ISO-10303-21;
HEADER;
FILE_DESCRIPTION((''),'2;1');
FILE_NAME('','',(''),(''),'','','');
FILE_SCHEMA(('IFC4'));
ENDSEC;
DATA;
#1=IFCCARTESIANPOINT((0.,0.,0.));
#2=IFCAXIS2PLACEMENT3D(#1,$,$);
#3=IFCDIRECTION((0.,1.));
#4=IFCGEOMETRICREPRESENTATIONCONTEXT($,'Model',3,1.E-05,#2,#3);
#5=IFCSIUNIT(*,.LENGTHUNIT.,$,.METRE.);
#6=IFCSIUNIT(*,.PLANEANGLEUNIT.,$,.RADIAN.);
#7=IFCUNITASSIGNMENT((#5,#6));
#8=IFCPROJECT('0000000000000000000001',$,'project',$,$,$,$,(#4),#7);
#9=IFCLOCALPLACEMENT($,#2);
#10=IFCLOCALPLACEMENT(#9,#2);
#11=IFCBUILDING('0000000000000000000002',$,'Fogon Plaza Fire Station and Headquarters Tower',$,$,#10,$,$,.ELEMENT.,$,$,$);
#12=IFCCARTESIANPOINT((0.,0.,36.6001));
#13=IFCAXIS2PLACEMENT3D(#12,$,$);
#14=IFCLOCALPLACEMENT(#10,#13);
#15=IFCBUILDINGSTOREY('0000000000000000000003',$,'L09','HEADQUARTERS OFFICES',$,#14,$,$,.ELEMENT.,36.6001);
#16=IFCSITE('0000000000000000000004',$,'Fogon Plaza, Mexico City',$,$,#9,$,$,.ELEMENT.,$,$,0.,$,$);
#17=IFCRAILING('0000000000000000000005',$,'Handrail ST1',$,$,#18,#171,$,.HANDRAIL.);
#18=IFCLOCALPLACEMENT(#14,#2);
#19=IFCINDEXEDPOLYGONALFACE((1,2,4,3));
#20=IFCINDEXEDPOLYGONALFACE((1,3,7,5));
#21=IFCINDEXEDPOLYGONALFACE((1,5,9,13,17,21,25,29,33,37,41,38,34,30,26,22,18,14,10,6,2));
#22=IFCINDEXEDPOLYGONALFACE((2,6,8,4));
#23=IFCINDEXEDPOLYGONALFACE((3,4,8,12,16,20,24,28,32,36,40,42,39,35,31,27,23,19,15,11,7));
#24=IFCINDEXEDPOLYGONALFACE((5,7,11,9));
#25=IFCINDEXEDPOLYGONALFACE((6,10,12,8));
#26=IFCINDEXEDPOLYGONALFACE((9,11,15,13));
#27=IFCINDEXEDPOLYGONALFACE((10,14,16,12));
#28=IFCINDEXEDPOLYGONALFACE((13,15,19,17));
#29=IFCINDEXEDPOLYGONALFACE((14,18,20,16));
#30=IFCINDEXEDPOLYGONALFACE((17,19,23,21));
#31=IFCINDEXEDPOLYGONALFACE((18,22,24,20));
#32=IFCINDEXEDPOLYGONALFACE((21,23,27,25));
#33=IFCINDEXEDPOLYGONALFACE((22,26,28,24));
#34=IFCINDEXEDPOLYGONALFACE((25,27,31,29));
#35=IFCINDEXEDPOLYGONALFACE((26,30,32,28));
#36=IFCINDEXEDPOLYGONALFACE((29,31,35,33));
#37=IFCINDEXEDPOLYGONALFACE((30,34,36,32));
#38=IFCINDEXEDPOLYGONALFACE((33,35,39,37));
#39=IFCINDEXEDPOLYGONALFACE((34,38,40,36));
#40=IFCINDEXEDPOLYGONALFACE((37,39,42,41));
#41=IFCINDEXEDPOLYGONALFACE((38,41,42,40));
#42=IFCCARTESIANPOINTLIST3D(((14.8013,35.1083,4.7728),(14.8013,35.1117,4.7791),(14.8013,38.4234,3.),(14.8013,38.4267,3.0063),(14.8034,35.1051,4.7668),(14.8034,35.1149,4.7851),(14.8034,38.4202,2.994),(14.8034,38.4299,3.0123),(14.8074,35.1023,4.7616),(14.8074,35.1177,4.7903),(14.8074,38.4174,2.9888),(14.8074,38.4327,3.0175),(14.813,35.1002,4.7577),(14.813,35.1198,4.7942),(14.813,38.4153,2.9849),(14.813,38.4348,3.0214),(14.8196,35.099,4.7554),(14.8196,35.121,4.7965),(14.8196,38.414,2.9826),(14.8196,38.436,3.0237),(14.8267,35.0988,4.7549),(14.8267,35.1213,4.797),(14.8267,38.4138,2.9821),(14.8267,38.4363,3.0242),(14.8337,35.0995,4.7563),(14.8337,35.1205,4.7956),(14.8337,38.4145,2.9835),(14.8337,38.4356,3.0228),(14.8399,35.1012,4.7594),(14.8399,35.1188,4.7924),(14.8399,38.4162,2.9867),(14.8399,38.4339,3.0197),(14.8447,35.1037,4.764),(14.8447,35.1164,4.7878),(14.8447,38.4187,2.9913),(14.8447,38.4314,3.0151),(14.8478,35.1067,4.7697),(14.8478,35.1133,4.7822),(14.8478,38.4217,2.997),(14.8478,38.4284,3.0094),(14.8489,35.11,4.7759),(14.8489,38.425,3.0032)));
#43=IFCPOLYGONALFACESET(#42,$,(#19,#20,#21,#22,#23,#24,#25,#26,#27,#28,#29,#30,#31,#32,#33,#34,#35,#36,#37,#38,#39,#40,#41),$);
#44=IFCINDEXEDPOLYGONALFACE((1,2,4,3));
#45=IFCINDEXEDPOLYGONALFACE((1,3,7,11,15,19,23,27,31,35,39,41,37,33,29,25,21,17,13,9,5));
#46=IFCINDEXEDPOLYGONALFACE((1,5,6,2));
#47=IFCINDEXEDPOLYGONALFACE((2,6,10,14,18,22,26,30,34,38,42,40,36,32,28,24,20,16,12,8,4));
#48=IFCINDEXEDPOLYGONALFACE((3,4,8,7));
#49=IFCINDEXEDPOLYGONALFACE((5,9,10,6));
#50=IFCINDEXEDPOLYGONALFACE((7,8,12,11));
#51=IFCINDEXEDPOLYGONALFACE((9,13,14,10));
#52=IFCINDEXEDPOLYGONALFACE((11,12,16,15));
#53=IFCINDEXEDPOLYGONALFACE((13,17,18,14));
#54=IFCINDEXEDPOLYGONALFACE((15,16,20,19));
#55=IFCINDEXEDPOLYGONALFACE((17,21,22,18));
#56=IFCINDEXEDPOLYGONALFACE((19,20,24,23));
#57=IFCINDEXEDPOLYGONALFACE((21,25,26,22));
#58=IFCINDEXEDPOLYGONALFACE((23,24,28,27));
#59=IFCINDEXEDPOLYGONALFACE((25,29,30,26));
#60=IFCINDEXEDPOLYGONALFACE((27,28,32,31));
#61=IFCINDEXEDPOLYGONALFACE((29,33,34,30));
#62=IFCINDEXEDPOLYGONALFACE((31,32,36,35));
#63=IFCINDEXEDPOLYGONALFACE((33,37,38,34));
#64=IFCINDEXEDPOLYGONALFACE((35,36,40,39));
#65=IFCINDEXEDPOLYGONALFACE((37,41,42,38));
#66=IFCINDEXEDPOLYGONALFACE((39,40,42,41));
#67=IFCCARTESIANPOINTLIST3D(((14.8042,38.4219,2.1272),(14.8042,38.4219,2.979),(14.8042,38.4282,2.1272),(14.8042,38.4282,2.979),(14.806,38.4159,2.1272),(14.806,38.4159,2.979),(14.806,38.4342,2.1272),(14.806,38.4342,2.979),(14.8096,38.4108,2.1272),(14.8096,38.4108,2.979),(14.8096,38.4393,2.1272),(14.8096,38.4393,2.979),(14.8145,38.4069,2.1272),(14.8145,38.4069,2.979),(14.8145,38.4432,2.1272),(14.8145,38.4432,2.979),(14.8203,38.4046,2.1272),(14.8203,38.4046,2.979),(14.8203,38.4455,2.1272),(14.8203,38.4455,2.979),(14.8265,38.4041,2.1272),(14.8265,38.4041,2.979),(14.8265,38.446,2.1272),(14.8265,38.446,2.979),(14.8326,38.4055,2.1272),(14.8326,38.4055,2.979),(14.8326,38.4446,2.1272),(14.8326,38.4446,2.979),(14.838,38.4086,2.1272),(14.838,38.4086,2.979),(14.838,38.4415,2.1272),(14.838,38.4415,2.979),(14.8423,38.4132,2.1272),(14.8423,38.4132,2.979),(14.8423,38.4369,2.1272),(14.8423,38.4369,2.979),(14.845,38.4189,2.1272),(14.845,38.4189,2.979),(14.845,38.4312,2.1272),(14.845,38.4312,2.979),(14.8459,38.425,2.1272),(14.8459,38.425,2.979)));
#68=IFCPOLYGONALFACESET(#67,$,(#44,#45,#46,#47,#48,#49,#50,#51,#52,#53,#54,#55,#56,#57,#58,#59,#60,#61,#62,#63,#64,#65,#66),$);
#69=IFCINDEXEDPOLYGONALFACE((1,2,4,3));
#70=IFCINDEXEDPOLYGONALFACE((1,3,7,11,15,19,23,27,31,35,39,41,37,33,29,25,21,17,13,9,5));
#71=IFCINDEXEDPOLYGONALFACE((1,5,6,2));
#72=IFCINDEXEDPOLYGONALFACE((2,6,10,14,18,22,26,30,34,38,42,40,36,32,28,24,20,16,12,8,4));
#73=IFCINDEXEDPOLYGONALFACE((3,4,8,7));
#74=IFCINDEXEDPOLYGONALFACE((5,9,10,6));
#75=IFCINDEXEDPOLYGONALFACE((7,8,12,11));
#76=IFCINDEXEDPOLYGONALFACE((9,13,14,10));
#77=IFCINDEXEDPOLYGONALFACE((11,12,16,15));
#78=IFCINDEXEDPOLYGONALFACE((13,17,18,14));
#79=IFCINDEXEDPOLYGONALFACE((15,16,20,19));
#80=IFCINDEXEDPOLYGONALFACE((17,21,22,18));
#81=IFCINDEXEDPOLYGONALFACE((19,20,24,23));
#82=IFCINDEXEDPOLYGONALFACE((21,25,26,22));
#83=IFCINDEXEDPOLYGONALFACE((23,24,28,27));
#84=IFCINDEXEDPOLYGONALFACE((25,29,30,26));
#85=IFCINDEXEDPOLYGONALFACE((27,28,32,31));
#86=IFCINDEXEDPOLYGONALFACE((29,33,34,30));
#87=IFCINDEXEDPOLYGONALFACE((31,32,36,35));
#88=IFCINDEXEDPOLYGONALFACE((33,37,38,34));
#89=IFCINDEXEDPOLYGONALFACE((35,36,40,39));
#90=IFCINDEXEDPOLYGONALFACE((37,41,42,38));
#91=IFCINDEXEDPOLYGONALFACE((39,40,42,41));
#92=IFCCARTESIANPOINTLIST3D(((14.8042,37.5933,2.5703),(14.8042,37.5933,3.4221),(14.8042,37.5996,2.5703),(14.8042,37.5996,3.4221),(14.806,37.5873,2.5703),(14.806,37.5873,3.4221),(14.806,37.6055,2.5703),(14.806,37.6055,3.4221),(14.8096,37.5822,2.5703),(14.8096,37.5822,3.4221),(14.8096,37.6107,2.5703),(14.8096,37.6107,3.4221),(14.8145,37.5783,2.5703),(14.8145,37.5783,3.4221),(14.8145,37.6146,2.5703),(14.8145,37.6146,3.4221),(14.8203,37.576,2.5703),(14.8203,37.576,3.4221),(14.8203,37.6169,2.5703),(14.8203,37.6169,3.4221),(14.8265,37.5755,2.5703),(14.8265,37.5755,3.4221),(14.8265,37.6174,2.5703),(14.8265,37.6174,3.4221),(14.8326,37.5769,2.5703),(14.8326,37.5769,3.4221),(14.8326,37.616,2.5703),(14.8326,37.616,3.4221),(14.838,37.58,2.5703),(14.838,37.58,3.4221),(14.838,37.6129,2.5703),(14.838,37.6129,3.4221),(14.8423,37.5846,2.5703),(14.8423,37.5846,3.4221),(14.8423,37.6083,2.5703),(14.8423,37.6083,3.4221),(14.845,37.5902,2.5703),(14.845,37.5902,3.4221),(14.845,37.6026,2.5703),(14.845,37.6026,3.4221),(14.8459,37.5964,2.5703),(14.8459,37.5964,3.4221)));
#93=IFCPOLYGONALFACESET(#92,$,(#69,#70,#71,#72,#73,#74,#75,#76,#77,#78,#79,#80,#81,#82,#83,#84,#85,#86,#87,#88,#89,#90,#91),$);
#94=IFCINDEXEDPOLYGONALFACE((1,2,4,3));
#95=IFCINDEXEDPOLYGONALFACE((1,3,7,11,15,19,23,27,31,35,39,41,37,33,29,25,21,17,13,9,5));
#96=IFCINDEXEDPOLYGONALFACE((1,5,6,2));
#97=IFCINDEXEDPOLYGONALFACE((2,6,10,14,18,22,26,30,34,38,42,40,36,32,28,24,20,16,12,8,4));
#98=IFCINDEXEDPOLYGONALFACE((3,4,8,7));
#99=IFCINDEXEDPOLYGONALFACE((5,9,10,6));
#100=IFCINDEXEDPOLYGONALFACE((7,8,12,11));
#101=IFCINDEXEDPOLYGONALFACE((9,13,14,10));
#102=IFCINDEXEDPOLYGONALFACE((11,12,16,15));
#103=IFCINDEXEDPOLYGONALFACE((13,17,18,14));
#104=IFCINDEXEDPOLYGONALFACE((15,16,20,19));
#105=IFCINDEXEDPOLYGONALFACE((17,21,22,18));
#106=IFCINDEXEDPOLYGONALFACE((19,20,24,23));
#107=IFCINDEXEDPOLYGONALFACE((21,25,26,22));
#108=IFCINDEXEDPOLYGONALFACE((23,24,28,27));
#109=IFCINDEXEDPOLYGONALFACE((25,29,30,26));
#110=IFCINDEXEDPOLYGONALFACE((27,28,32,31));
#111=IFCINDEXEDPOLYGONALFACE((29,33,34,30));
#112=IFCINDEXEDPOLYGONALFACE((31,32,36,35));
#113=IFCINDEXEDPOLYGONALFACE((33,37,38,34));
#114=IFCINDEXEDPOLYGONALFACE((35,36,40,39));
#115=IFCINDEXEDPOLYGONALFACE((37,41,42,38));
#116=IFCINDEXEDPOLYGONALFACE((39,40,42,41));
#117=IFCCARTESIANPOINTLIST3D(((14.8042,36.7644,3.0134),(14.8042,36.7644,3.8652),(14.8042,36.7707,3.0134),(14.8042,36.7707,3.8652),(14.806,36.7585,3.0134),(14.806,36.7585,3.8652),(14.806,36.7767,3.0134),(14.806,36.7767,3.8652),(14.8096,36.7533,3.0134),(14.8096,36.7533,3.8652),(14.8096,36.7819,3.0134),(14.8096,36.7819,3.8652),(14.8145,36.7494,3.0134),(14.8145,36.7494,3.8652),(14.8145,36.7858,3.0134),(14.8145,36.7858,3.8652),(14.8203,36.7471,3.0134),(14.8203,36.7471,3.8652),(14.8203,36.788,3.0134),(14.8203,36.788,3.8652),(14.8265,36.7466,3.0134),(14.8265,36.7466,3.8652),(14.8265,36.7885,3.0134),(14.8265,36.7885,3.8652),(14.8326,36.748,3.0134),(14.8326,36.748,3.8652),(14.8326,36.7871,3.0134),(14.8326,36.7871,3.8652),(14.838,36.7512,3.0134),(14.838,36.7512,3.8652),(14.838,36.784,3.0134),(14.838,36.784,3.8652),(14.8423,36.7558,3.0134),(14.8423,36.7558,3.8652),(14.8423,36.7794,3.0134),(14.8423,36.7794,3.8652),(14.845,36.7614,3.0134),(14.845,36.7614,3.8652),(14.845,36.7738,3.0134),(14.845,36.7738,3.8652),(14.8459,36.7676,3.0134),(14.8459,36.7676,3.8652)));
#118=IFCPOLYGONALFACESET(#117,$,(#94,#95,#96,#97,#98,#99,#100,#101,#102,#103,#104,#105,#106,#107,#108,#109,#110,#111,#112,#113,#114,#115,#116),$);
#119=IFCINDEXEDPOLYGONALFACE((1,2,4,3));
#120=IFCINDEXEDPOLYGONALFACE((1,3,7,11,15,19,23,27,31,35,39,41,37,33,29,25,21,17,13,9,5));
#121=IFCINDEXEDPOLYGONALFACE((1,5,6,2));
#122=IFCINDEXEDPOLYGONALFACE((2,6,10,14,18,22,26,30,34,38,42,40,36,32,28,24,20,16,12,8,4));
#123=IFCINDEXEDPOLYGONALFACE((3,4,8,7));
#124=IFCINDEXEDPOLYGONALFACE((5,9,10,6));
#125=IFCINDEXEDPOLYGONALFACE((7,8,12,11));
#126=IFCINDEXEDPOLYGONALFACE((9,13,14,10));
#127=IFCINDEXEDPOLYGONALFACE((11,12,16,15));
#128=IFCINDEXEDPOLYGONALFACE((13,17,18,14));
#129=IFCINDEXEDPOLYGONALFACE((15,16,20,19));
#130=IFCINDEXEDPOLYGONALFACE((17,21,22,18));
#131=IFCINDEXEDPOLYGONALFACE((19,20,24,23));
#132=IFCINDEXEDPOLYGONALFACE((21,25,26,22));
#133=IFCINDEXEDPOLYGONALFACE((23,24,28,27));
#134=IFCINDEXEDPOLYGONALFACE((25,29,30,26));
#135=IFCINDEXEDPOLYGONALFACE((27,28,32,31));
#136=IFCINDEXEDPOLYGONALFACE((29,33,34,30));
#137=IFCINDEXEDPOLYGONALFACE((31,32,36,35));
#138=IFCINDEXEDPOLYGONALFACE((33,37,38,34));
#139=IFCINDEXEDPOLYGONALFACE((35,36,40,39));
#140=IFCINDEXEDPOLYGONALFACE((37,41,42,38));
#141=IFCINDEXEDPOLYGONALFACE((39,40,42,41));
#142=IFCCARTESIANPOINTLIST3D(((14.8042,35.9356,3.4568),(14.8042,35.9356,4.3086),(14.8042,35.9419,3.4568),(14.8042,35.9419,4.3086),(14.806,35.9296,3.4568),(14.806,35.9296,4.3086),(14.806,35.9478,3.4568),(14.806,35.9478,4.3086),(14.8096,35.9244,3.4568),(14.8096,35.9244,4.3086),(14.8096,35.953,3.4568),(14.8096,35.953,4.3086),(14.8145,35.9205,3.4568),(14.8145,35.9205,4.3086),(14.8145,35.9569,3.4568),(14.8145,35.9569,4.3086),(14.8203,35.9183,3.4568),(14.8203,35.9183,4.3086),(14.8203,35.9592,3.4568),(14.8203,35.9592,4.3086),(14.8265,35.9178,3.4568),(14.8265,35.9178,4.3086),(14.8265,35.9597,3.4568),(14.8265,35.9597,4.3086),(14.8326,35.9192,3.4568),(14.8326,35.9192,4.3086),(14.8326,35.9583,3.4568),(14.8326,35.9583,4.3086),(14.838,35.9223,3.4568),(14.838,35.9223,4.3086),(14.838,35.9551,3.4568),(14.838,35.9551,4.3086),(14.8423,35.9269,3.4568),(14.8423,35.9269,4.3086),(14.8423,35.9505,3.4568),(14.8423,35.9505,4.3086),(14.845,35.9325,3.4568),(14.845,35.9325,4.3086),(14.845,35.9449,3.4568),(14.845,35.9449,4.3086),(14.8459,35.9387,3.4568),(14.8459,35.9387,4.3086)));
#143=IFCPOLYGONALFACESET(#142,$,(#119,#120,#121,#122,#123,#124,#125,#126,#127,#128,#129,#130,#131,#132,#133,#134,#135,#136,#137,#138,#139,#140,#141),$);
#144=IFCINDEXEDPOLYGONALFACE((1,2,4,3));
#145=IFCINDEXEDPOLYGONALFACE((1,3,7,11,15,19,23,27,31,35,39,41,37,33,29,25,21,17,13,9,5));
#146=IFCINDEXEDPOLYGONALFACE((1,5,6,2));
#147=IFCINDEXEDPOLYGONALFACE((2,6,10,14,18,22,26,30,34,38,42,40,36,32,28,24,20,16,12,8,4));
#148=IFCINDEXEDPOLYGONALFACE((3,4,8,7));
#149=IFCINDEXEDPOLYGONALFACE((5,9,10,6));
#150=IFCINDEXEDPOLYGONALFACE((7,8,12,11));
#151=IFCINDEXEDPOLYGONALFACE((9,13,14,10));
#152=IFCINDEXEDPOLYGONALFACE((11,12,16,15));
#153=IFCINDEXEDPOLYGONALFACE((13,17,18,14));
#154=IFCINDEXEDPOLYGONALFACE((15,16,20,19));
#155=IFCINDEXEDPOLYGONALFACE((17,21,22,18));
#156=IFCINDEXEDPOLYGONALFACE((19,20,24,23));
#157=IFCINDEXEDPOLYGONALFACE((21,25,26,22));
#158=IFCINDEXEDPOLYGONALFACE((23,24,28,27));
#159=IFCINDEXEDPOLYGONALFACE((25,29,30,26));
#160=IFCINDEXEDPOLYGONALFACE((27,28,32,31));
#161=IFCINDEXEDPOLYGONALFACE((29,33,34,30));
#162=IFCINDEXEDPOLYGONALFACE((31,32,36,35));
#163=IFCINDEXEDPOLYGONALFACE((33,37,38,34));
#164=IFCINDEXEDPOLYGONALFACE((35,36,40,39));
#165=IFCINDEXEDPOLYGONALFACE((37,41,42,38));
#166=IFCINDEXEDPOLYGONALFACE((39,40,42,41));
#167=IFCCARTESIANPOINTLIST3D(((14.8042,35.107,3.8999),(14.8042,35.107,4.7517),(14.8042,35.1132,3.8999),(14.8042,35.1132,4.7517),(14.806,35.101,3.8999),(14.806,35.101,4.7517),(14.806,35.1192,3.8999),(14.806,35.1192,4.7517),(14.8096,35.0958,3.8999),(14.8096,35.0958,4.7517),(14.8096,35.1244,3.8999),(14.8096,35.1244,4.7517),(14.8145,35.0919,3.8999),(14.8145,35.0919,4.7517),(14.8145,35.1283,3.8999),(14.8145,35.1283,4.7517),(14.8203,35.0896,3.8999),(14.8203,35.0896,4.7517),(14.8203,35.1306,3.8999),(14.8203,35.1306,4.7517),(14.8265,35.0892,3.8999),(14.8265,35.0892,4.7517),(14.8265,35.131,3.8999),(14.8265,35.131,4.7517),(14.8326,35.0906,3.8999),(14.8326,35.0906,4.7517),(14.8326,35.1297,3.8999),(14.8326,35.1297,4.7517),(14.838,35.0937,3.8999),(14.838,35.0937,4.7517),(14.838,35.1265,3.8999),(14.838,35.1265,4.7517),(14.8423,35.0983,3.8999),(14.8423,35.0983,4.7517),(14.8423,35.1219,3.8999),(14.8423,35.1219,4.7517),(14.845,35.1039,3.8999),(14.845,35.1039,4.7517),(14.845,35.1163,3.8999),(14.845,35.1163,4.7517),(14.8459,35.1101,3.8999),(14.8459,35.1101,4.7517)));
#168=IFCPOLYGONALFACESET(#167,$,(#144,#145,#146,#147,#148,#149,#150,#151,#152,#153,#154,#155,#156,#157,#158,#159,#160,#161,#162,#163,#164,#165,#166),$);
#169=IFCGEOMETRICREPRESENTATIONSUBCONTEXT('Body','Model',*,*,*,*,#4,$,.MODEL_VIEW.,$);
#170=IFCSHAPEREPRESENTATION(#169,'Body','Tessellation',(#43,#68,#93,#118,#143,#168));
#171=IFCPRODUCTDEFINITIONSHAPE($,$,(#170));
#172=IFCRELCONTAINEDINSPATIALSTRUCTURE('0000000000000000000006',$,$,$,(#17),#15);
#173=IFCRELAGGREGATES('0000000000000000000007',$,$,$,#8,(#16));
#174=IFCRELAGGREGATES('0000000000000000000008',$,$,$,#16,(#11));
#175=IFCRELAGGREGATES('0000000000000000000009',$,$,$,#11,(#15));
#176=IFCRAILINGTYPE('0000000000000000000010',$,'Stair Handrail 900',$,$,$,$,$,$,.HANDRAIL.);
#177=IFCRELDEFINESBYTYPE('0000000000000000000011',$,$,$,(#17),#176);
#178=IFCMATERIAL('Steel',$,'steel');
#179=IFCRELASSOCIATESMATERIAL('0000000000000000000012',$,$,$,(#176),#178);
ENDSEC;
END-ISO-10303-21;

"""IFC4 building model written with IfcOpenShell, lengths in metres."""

from ifc_helpers import new_model, si_unit, direction, frame, origin, origin_2d, place, context, subcontext, project, spatial, circle, extrude, material, type_object, element, save


model = new_model("IFC4")

# Units and contexts
model_context = context("Model", 3, precision=1e-05, world=origin(), true_north=direction((0.0, 1.0)))
body_context = subcontext(model_context, "Body", "Model", "MODEL_VIEW")
ifc_project = project(units=[si_unit("LENGTHUNIT", "METRE"), si_unit("PLANEANGLEUNIT", "RADIAN")], contexts=[model_context])

# Site, building, storey
site_placement = place(None, origin())
site = spatial("IfcSite", under=ifc_project, at=site_placement, Name="Fogon Plaza, Mexico City", CompositionType="ELEMENT", RefElevation=0.0)
building_placement = place(site_placement, origin())
building = spatial("IfcBuilding", under=site, at=building_placement, Name="Fogon Plaza Fire Station and Headquarters Tower", CompositionType="ELEMENT")
storey_placement = place(building_placement, frame((0.0, 0.0, 36.6001)))
storey = spatial("IfcBuildingStorey", under=building, at=storey_placement, Name="L09", Description="HEADQUARTERS OFFICES", CompositionType="ELEMENT", Elevation=36.6001)

# Railing
ifc_material_1 = material(Name="Steel", Category="steel")
railing_type = type_object("IfcRailingType", Name="Stair Handrail 900", PredefinedType="HANDRAIL", material=ifc_material_1)
for number, where, name in (
    (1, (14.825, 38.425, 2.1272), "Handrail ST1"),
):
    element("IfcRailing", number, at=place(storey_placement, frame(where)), inside=storey, type_object=railing_type, Name=name, PredefinedType="HANDRAIL", context=body_context, shape_type="SweptSolid", body=[
        extrude(circle(Radius=0.0239, at=origin_2d()), frame((0.0, 0.0, 0.876), z_axis=(0.0, -0.881829, 0.471569), x_axis=(1.0, 0.0, 0.0)), (0.0, 0.0, 1.0), 3.7593),
        extrude(circle(Radius=0.021, at=origin_2d()), origin(), (0.0, 0.0, 1.0), 0.8518),
        extrude(circle(Radius=0.021, at=origin_2d()), frame((0.0, -0.8286, 0.4431)), (0.0, 0.0, 1.0), 0.8518),
        extrude(circle(Radius=0.021, at=origin_2d()), frame((0.0, -1.6575, 0.8862)), (0.0, 0.0, 1.0), 0.8518),
        extrude(circle(Radius=0.021, at=origin_2d()), frame((0.0, -2.4863, 1.3296)), (0.0, 0.0, 1.0), 0.8518),
        extrude(circle(Radius=0.021, at=origin_2d()), frame((0.0, -3.3149, 1.7727)), (0.0, 0.0, 1.0), 0.8518),
    ])

save(model, "model.ifc")
